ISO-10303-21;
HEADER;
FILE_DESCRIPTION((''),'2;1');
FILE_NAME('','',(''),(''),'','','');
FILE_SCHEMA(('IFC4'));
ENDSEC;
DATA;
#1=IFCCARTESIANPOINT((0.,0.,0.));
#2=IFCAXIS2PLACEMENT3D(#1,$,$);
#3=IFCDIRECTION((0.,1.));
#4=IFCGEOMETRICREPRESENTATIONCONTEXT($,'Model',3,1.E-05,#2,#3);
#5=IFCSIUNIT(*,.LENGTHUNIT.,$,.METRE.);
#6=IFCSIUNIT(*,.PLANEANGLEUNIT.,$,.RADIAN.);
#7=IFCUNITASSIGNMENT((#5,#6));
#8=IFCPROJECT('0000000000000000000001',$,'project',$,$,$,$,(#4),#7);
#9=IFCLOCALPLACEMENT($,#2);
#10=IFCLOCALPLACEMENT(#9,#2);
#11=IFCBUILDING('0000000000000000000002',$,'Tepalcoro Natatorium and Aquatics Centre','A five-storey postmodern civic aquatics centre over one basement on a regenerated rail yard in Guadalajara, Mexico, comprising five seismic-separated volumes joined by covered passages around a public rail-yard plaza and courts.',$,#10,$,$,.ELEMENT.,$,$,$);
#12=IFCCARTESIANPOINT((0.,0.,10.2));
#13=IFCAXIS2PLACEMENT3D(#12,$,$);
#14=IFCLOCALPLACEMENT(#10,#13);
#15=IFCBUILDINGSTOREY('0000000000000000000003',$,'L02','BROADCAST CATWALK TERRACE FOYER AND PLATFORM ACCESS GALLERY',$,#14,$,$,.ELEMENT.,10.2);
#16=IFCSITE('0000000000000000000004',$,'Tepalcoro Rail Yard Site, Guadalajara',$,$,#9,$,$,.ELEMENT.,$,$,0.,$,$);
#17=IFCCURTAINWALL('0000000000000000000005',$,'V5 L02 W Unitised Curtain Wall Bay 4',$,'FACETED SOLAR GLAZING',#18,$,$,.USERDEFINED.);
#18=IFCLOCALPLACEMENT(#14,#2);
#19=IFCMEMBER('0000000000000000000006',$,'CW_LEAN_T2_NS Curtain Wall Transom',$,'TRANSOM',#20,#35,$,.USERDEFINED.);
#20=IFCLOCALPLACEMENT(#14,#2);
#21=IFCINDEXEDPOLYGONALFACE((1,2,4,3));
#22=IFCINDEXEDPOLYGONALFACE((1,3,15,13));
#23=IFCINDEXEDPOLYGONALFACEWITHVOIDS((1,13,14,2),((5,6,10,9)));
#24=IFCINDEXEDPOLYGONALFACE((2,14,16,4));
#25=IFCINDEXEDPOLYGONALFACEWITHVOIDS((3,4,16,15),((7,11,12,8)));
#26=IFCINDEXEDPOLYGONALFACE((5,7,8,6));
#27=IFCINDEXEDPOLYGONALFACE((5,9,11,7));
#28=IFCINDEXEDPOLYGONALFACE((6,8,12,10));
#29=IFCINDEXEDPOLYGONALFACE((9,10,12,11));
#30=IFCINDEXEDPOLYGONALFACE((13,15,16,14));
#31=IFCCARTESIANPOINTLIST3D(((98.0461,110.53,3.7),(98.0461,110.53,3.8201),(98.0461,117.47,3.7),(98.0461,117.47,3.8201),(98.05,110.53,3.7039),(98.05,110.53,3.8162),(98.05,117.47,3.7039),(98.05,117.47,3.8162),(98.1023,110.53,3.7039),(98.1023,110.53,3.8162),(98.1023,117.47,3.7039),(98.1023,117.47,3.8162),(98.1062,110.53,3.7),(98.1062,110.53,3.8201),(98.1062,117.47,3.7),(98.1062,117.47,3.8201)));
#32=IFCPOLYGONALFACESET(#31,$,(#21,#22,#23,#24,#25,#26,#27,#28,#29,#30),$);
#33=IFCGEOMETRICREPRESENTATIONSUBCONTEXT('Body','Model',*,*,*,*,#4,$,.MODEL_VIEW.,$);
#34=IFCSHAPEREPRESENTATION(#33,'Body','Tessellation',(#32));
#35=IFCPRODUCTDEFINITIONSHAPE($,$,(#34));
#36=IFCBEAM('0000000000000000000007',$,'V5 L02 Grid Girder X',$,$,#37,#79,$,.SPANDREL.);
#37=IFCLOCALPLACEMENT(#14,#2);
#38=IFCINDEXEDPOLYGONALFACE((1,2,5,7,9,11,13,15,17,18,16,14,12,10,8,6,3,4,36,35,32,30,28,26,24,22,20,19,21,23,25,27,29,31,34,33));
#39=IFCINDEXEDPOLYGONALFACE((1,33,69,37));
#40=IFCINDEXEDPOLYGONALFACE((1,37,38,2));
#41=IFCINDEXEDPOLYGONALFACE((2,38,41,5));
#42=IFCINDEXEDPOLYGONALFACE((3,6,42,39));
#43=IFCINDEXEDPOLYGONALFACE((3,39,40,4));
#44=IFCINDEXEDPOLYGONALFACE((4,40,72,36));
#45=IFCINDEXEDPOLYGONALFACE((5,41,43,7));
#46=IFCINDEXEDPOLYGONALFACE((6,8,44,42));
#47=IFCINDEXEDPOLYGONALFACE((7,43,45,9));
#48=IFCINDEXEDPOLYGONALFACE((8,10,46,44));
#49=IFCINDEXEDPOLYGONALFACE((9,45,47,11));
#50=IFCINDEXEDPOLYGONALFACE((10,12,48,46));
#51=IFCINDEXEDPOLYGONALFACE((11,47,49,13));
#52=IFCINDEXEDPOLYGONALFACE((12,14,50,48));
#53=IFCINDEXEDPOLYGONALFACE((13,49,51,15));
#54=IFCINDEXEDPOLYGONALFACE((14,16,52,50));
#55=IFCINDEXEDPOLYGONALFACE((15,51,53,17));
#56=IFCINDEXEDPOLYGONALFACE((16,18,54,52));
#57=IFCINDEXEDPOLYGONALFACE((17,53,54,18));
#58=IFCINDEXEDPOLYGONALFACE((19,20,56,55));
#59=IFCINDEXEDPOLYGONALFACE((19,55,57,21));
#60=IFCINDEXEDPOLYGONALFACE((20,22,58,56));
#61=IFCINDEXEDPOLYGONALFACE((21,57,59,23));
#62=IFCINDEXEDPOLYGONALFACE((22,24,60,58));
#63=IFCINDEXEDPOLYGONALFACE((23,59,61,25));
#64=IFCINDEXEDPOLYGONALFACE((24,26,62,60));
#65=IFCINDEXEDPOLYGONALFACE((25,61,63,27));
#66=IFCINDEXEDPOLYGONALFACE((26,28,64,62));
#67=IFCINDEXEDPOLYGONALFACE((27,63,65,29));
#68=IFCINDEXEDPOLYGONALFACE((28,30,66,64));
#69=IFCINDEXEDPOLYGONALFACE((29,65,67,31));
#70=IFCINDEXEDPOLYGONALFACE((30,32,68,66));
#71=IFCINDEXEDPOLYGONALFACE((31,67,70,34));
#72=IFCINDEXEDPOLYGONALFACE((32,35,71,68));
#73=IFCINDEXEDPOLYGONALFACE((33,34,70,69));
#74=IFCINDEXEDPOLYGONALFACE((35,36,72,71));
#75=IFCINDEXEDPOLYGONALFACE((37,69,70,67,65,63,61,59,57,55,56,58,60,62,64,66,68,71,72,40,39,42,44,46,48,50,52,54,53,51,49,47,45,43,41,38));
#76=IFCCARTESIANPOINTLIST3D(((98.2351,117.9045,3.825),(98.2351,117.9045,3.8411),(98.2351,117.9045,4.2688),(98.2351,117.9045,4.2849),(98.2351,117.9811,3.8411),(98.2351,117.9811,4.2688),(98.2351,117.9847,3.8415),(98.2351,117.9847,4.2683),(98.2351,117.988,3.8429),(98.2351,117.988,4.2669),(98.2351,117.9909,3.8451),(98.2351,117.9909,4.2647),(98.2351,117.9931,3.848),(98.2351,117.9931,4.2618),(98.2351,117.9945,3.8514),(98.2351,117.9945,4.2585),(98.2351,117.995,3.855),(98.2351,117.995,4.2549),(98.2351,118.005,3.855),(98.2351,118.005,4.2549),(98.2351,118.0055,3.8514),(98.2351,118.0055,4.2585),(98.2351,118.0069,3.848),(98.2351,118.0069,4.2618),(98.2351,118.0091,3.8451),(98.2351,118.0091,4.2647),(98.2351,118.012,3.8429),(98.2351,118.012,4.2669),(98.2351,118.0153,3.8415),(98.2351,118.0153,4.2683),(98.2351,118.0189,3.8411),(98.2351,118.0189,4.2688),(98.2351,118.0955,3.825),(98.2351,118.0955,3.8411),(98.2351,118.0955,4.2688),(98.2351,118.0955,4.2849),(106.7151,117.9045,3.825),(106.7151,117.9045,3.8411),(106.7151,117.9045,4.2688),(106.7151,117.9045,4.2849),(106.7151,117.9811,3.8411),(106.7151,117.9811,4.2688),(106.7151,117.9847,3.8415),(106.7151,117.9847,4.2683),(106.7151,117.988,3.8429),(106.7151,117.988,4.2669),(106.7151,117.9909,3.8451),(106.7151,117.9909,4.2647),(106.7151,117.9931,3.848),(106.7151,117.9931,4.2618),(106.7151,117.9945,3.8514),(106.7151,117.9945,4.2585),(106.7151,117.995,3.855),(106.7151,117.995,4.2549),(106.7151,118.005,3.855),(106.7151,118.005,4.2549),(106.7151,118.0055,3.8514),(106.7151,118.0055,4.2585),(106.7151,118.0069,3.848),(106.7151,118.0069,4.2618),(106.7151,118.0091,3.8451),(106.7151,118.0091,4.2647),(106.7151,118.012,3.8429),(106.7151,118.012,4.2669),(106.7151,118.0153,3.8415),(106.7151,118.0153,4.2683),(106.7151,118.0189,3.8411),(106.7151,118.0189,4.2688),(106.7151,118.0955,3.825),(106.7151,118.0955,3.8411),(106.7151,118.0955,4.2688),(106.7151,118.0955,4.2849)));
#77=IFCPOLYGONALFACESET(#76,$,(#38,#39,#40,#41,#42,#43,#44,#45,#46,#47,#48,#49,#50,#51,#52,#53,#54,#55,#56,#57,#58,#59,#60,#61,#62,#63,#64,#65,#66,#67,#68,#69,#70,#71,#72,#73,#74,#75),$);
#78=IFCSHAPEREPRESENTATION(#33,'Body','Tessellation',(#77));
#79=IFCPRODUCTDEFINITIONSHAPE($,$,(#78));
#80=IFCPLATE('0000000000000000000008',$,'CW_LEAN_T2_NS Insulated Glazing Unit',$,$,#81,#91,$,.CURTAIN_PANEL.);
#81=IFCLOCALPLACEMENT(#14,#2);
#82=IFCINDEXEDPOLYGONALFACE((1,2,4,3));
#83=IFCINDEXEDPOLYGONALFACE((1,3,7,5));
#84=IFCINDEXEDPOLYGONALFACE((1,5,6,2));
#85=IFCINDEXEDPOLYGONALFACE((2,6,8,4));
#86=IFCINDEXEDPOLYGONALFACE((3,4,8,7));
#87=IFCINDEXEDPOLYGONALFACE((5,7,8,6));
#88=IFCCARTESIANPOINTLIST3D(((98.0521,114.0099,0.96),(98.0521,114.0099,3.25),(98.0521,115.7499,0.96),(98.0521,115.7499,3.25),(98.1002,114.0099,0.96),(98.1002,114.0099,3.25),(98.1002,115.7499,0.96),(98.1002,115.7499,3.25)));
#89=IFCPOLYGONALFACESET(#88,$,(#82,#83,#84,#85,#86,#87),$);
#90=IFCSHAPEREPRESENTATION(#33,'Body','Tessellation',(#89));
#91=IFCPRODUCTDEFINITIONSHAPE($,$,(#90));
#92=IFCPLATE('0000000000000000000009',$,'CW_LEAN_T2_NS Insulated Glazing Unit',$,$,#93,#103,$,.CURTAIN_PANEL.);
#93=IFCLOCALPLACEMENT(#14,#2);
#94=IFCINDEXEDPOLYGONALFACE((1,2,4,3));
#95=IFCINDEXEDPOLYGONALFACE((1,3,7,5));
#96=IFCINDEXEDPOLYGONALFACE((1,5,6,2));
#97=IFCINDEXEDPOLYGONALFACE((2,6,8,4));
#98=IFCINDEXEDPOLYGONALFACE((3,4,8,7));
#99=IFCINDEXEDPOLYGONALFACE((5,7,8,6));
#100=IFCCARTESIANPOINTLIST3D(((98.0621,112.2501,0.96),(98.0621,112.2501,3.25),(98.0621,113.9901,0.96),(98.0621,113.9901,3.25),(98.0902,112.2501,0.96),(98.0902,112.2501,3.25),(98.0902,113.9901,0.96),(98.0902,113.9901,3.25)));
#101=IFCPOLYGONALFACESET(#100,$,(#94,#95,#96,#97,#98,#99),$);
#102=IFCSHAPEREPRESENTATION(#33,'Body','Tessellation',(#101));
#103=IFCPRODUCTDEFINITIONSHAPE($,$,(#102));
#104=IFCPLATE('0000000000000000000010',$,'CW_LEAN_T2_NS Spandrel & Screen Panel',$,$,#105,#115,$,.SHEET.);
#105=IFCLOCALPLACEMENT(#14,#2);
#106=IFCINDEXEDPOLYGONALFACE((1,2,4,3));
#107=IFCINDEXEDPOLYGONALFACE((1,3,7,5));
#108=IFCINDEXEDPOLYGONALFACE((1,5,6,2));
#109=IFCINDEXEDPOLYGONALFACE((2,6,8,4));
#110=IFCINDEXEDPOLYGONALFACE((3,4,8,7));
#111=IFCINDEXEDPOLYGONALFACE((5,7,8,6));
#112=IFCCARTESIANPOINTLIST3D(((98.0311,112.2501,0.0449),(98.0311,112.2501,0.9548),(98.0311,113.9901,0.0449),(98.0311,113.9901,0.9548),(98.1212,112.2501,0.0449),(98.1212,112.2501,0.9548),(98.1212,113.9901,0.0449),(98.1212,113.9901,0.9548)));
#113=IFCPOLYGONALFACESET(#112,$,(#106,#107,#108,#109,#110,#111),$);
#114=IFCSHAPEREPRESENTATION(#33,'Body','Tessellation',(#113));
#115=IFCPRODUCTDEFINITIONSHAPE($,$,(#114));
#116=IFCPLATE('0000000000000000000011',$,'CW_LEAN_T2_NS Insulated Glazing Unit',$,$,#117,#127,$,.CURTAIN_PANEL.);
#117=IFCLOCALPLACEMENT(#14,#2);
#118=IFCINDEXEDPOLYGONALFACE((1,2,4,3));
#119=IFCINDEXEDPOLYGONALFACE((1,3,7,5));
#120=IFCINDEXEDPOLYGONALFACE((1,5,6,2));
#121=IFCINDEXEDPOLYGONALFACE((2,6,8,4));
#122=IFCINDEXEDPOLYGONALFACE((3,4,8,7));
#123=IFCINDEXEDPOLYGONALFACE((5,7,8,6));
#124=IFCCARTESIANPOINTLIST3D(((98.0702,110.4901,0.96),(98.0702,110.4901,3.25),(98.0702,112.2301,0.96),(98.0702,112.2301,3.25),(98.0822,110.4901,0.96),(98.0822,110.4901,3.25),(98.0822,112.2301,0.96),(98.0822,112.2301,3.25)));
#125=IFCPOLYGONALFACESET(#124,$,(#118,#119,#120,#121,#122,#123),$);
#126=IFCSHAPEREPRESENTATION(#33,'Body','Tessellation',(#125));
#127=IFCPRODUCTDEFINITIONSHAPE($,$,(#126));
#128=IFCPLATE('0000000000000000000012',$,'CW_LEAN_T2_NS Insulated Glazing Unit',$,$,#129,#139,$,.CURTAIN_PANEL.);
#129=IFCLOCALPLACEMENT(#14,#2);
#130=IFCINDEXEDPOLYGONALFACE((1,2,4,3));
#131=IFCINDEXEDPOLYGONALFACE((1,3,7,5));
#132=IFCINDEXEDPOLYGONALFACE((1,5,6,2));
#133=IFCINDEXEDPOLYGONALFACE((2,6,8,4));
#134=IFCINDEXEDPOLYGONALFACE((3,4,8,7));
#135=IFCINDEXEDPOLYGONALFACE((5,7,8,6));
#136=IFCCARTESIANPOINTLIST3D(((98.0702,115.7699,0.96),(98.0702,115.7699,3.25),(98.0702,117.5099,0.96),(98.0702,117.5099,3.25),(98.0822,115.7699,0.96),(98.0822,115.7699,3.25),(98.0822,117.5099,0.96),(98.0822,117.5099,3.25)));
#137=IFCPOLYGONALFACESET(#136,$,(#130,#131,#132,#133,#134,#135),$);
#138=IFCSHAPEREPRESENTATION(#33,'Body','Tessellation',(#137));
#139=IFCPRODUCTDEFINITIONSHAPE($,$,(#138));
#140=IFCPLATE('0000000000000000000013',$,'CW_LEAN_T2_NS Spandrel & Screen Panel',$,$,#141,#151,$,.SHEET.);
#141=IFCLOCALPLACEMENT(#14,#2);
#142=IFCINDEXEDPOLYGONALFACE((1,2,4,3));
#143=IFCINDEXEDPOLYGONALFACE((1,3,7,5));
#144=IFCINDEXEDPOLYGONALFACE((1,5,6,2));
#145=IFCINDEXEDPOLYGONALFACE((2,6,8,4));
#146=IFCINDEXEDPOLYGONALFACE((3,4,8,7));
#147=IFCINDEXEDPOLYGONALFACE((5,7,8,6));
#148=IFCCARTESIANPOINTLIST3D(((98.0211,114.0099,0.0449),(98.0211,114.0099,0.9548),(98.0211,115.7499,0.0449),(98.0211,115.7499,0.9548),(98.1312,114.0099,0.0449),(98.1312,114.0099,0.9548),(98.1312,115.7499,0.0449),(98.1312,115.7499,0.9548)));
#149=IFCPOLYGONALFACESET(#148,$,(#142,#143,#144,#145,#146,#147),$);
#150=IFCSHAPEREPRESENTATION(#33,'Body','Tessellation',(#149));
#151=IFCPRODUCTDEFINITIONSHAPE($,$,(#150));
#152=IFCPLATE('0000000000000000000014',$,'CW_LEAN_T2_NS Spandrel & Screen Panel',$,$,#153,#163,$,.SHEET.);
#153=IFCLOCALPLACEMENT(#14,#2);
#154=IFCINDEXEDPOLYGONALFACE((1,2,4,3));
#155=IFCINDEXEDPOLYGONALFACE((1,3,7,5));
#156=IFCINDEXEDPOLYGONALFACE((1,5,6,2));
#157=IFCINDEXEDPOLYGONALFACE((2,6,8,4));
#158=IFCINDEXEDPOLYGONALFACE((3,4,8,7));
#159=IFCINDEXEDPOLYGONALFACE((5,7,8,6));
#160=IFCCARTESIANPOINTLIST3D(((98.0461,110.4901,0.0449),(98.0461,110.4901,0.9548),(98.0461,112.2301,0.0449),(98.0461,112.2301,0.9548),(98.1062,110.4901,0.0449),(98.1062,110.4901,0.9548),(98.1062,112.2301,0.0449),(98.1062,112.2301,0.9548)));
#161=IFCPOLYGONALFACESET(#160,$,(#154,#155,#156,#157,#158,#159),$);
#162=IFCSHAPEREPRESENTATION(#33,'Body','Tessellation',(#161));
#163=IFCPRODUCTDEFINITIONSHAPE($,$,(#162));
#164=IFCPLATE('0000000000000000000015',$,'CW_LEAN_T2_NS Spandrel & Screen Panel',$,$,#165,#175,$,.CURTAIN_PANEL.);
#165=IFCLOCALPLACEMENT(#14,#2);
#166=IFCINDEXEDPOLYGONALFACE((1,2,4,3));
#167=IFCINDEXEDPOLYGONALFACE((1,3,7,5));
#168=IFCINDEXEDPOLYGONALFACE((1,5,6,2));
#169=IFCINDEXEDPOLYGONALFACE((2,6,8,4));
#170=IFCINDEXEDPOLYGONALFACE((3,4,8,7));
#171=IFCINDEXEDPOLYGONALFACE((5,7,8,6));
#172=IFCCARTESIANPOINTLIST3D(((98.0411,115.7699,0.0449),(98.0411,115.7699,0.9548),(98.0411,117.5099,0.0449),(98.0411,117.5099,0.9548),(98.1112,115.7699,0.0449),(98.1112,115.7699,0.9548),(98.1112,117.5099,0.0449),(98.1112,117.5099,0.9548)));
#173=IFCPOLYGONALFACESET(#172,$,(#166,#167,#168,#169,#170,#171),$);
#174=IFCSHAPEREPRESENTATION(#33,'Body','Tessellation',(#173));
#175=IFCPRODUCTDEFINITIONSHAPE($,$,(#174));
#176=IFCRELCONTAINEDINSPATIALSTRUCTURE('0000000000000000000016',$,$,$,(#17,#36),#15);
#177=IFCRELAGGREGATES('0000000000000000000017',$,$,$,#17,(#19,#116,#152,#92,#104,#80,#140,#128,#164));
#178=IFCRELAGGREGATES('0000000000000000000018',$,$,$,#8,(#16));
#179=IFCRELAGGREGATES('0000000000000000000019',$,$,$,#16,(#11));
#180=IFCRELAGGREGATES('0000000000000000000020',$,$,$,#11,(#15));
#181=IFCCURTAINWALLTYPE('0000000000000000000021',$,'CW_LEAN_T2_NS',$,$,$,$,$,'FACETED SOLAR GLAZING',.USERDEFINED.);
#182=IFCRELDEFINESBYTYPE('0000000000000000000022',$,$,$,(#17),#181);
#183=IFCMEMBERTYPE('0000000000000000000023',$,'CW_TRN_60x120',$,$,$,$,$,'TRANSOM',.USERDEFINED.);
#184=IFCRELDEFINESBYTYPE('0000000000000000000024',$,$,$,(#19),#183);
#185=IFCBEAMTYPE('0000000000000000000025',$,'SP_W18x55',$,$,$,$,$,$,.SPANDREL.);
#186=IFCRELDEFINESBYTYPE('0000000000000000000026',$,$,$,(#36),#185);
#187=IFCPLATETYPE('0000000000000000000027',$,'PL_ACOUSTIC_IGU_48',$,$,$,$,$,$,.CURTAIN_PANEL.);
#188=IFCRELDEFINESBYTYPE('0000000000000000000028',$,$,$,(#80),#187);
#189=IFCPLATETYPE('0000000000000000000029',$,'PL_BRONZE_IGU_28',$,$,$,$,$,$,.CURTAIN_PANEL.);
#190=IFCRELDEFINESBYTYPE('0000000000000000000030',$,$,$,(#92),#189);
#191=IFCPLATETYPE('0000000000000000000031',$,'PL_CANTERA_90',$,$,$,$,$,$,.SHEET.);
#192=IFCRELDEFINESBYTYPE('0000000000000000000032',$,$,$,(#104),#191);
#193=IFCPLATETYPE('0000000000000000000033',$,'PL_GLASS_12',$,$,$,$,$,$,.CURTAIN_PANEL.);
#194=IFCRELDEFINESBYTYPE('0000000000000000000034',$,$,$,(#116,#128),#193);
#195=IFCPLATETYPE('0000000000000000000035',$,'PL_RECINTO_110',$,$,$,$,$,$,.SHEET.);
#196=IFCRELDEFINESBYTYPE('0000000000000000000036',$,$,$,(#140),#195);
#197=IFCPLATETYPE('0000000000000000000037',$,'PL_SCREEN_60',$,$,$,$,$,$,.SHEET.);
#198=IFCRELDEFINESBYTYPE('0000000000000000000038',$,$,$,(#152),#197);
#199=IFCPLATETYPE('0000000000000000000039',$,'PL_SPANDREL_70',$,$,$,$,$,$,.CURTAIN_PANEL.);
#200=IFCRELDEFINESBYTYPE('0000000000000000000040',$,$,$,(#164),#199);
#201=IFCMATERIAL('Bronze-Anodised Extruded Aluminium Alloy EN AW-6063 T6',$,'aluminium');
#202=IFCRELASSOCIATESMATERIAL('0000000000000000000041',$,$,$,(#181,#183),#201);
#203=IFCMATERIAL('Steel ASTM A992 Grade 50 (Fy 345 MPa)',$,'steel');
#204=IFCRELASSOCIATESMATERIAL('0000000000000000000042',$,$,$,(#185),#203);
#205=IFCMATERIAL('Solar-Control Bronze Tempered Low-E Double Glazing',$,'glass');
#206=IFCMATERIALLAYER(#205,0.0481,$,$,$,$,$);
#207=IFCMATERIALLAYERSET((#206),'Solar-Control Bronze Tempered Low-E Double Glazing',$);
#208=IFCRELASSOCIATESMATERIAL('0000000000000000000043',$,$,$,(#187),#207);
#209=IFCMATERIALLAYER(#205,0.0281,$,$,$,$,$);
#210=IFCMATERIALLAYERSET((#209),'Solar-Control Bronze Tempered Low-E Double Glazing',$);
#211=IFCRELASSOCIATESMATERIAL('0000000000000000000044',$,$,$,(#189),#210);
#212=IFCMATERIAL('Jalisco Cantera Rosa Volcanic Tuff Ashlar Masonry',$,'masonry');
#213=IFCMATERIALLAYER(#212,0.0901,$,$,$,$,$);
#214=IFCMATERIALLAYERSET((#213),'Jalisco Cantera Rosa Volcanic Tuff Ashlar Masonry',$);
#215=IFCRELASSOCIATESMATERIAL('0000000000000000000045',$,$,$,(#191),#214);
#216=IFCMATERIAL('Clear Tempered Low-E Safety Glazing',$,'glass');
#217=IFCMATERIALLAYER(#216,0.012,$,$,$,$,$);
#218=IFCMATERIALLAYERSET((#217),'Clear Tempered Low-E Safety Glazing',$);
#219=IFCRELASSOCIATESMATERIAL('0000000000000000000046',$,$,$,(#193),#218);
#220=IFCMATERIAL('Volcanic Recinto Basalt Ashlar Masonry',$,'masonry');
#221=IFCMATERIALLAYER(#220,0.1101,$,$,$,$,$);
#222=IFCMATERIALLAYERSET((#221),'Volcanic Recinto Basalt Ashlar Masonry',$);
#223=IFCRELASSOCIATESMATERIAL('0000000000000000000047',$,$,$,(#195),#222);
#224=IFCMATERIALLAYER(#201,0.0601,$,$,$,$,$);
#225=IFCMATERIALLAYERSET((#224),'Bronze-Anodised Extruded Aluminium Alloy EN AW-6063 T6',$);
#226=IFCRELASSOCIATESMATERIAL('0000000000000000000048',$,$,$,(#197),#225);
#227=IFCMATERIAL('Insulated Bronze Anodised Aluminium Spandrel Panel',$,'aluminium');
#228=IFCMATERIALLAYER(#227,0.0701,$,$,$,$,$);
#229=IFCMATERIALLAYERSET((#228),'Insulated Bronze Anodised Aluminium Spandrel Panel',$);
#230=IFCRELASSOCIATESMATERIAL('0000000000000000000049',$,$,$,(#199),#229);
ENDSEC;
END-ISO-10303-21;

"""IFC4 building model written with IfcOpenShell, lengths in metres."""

from ifc_helpers import new_model, si_unit, direction, frame, origin, origin_2d, place, context, subcontext, project, spatial, rectangle, hollow_rectangle, i_section, extrude, material, layer, layer_set, material_profile, profile_set, type_object, element, aggregate, save


model = new_model("IFC4")

# Units and contexts
model_context = context("Model", 3, precision=1e-05, world=origin(), true_north=direction((0.0, 1.0)))
body_context = subcontext(model_context, "Body", "Model", "MODEL_VIEW")
ifc_project = project(units=[si_unit("LENGTHUNIT", "METRE"), si_unit("PLANEANGLEUNIT", "RADIAN")], contexts=[model_context])

# Site, building, storey
site_placement = place(None, origin())
site = spatial("IfcSite", under=ifc_project, at=site_placement, Name="Tepalcoro Rail Yard Site, Guadalajara", CompositionType="ELEMENT", RefElevation=0.0)
building_placement = place(site_placement, origin())
building = spatial("IfcBuilding", under=site, at=building_placement, Name="Tepalcoro Natatorium and Aquatics Centre", Description="A five-storey postmodern civic aquatics centre over one basement on a regenerated rail yard in Guadalajara, Mexico, comprising five seismic-separated volumes joined by covered passages around a public rail-yard plaza and courts.", CompositionType="ELEMENT")
storey_placement = place(building_placement, frame((0.0, 0.0, 10.2)))
storey = spatial("IfcBuildingStorey", under=building, at=storey_placement, Name="L02", Description="BROADCAST CATWALK TERRACE FOYER AND PLATFORM ACCESS GALLERY", CompositionType="ELEMENT", Elevation=10.2)

# Shared definitions
ifc_material_1 = material(Name="Steel ASTM A992 Grade 50 (Fy 345 MPa)", Category="steel")

# Curtain wall, member
ifc_material_2 = material(Name="Bronze-Anodised Extruded Aluminium Alloy EN AW-6063 T6", Category="aluminium")
curtain_wall_type = type_object("IfcCurtainWallType", Name="CW_LEAN_T2_NS", ElementType="FACETED SOLAR GLAZING", PredefinedType="USERDEFINED", material=ifc_material_2)
curtain_wall_placement = place(storey_placement, origin())
curtain_wall = element("IfcCurtainWall", 1, at=curtain_wall_placement, inside=storey, type_object=curtain_wall_type, Name="V5 L02 W Unitised Curtain Wall Bay 4", ObjectType="FACETED SOLAR GLAZING", PredefinedType="USERDEFINED")
ifc_material_profile_1 = material_profile(ifc_material_2, hollow_rectangle(XDim=0.0601, YDim=0.1201, WallThickness=0.0039, at=origin_2d()), Name="AL60X120X4")
ifc_profile_set_1 = profile_set([ifc_material_profile_1], Name="Bronze-Anodised Extruded Aluminium Alloy EN AW-6063 T6")
member_type_1 = type_object("IfcMemberType", Name="CW_TRN_60x120", ElementType="TRANSOM", PredefinedType="USERDEFINED", material=ifc_profile_set_1)
member_1_placement = place(storey_placement, frame((98.0762, 110.53, 3.76), z_axis=(0.0, 1.0, 0.0), x_axis=(-1.0, 0.0, 0.0)))
member_1 = element("IfcMember", 2, at=member_1_placement, type_object=member_type_1, Name="CW_LEAN_T2_NS Curtain Wall Transom", ObjectType="TRANSOM", PredefinedType="USERDEFINED", context=body_context, shape_type="SweptSolid", body=[
    extrude(hollow_rectangle(XDim=0.0601, YDim=0.1201, WallThickness=0.0039, at=origin_2d()), origin(), (0.0, 0.0, 1.0), 6.9399),
])

# Beam
ifc_material_profile_2 = material_profile(ifc_material_1, i_section(OverallWidth=0.1909, OverallDepth=0.46, WebThickness=0.01, FlangeThickness=0.0161, FilletRadius=0.0139, at=origin_2d()), Name="W18X55")
ifc_profile_set_2 = profile_set([ifc_material_profile_2], Name="Steel ASTM A992 Grade 50 (Fy 345 MPa)")
beam_type_1 = type_object("IfcBeamType", Name="SP_W18x55", PredefinedType="SPANDREL", material=ifc_profile_set_2)
beam_1_placement = place(storey_placement, frame((98.2351, 118.0, 4.0549), z_axis=(1.0, 0.0, 0.0), x_axis=(0.0, 1.0, 0.0)))
element("IfcBeam", 3, at=beam_1_placement, inside=storey, type_object=beam_type_1, Name="V5 L02 Grid Girder X", PredefinedType="SPANDREL", context=body_context, shape_type="SweptSolid", body=[
    extrude(i_section(OverallWidth=0.1909, OverallDepth=0.46, WebThickness=0.01, FlangeThickness=0.0161, FilletRadius=0.0139, at=origin_2d()), origin(), (0.0, 0.0, 1.0), 8.48),
])

# Plates
ifc_material_3 = material(Name="Solar-Control Bronze Tempered Low-E Double Glazing", Category="glass")
ifc_layer_1 = layer(ifc_material_3, 0.0481)
ifc_layer_set_1 = layer_set([ifc_layer_1], Name="Solar-Control Bronze Tempered Low-E Double Glazing")
plate_type_1 = type_object("IfcPlateType", Name="PL_ACOUSTIC_IGU_48", PredefinedType="CURTAIN_PANEL", material=ifc_layer_set_1)
plate_1_placement = place(storey_placement, frame((98.0762, 114.8799, 0.96), z_axis=(0.0, 0.0, 1.0), x_axis=(1.0, 0.0, 0.0)))
plate_1 = element("IfcPlate", 4, at=plate_1_placement, type_object=plate_type_1, Name="CW_LEAN_T2_NS Insulated Glazing Unit", PredefinedType="CURTAIN_PANEL", context=body_context, shape_type="SweptSolid", body=[
    extrude(rectangle(XDim=0.0481, YDim=1.74, at=origin_2d()), origin(), (0.0, 0.0, 1.0), 2.29),
])
ifc_layer_2 = layer(ifc_material_3, 0.0281)
ifc_layer_set_2 = layer_set([ifc_layer_2], Name="Solar-Control Bronze Tempered Low-E Double Glazing")
plate_type_2 = type_object("IfcPlateType", Name="PL_BRONZE_IGU_28", PredefinedType="CURTAIN_PANEL", material=ifc_layer_set_2)
plate_2_placement = place(storey_placement, frame((98.0762, 113.1201, 0.96), z_axis=(0.0, 0.0, 1.0), x_axis=(1.0, 0.0, 0.0)))
plate_2 = element("IfcPlate", 5, at=plate_2_placement, type_object=plate_type_2, Name="CW_LEAN_T2_NS Insulated Glazing Unit", PredefinedType="CURTAIN_PANEL", context=body_context, shape_type="SweptSolid", body=[
    extrude(rectangle(XDim=0.0281, YDim=1.74, at=origin_2d()), origin(), (0.0, 0.0, 1.0), 2.29),
])
ifc_material_4 = material(Name="Jalisco Cantera Rosa Volcanic Tuff Ashlar Masonry", Category="masonry")
ifc_layer_3 = layer(ifc_material_4, 0.0901)
ifc_layer_set_3 = layer_set([ifc_layer_3], Name="Jalisco Cantera Rosa Volcanic Tuff Ashlar Masonry")
plate_type_3 = type_object("IfcPlateType", Name="PL_CANTERA_90", PredefinedType="SHEET", material=ifc_layer_set_3)
plate_3_placement = place(storey_placement, frame((98.0762, 113.1201, 0.0449), z_axis=(0.0, 0.0, 1.0), x_axis=(1.0, 0.0, 0.0)))
plate_3 = element("IfcPlate", 6, at=plate_3_placement, type_object=plate_type_3, Name="CW_LEAN_T2_NS Spandrel & Screen Panel", PredefinedType="SHEET", context=body_context, shape_type="SweptSolid", body=[
    extrude(rectangle(XDim=0.0901, YDim=1.74, at=origin_2d()), origin(), (0.0, 0.0, 1.0), 0.9099),
])
ifc_material_5 = material(Name="Clear Tempered Low-E Safety Glazing", Category="glass")
ifc_layer_4 = layer(ifc_material_5, 0.012)
ifc_layer_set_4 = layer_set([ifc_layer_4], Name="Clear Tempered Low-E Safety Glazing")
plate_type_4 = type_object("IfcPlateType", Name="PL_GLASS_12", PredefinedType="CURTAIN_PANEL", material=ifc_layer_set_4)
plate_4_placement = place(storey_placement, frame((98.0762, 111.3601, 0.96), z_axis=(0.0, 0.0, 1.0), x_axis=(1.0, 0.0, 0.0)))
plate_4 = element("IfcPlate", 7, at=plate_4_placement, type_object=plate_type_4, Name="CW_LEAN_T2_NS Insulated Glazing Unit", PredefinedType="CURTAIN_PANEL", context=body_context, shape_type="SweptSolid", body=[
    extrude(rectangle(XDim=0.012, YDim=1.74, at=origin_2d()), origin(), (0.0, 0.0, 1.0), 2.29),
])
plate_5_placement = place(storey_placement, frame((98.0762, 116.6399, 0.96), z_axis=(0.0, 0.0, 1.0), x_axis=(1.0, 0.0, 0.0)))
plate_5 = element("IfcPlate", 8, at=plate_5_placement, type_object=plate_type_4, Name="CW_LEAN_T2_NS Insulated Glazing Unit", PredefinedType="CURTAIN_PANEL", context=body_context, shape_type="SweptSolid", body=[
    extrude(rectangle(XDim=0.012, YDim=1.74, at=origin_2d()), origin(), (0.0, 0.0, 1.0), 2.29),
])
ifc_material_6 = material(Name="Volcanic Recinto Basalt Ashlar Masonry", Category="masonry")
ifc_layer_5 = layer(ifc_material_6, 0.1101)
ifc_layer_set_5 = layer_set([ifc_layer_5], Name="Volcanic Recinto Basalt Ashlar Masonry")
plate_type_5 = type_object("IfcPlateType", Name="PL_RECINTO_110", PredefinedType="SHEET", material=ifc_layer_set_5)
plate_6_placement = place(storey_placement, frame((98.0762, 114.8799, 0.0449), z_axis=(0.0, 0.0, 1.0), x_axis=(1.0, 0.0, 0.0)))
plate_6 = element("IfcPlate", 9, at=plate_6_placement, type_object=plate_type_5, Name="CW_LEAN_T2_NS Spandrel & Screen Panel", PredefinedType="SHEET", context=body_context, shape_type="SweptSolid", body=[
    extrude(rectangle(XDim=0.1101, YDim=1.74, at=origin_2d()), origin(), (0.0, 0.0, 1.0), 0.9099),
])
ifc_layer_6 = layer(ifc_material_2, 0.0601)
ifc_layer_set_6 = layer_set([ifc_layer_6], Name="Bronze-Anodised Extruded Aluminium Alloy EN AW-6063 T6")
plate_type_6 = type_object("IfcPlateType", Name="PL_SCREEN_60", PredefinedType="SHEET", material=ifc_layer_set_6)
plate_7_placement = place(storey_placement, frame((98.0762, 111.3601, 0.0449), z_axis=(0.0, 0.0, 1.0), x_axis=(1.0, 0.0, 0.0)))
plate_7 = element("IfcPlate", 10, at=plate_7_placement, type_object=plate_type_6, Name="CW_LEAN_T2_NS Spandrel & Screen Panel", PredefinedType="SHEET", context=body_context, shape_type="SweptSolid", body=[
    extrude(rectangle(XDim=0.0601, YDim=1.74, at=origin_2d()), origin(), (0.0, 0.0, 1.0), 0.9099),
])
ifc_material_7 = material(Name="Insulated Bronze Anodised Aluminium Spandrel Panel", Category="aluminium")
ifc_layer_7 = layer(ifc_material_7, 0.0701)
ifc_layer_set_7 = layer_set([ifc_layer_7], Name="Insulated Bronze Anodised Aluminium Spandrel Panel")
plate_type_7 = type_object("IfcPlateType", Name="PL_SPANDREL_70", PredefinedType="CURTAIN_PANEL", material=ifc_layer_set_7)
plate_8_placement = place(storey_placement, frame((98.0762, 116.6399, 0.0449), z_axis=(0.0, 0.0, 1.0), x_axis=(1.0, 0.0, 0.0)))
plate_8 = element("IfcPlate", 11, at=plate_8_placement, type_object=plate_type_7, Name="CW_LEAN_T2_NS Spandrel & Screen Panel", PredefinedType="CURTAIN_PANEL", context=body_context, shape_type="SweptSolid", body=[
    extrude(rectangle(XDim=0.0701, YDim=1.74, at=origin_2d()), origin(), (0.0, 0.0, 1.0), 0.9099),
])
aggregate(curtain_wall, [member_1, plate_4, plate_7, plate_2, plate_3, plate_1, plate_6, plate_5, plate_8])

save(model, "model.ifc")
